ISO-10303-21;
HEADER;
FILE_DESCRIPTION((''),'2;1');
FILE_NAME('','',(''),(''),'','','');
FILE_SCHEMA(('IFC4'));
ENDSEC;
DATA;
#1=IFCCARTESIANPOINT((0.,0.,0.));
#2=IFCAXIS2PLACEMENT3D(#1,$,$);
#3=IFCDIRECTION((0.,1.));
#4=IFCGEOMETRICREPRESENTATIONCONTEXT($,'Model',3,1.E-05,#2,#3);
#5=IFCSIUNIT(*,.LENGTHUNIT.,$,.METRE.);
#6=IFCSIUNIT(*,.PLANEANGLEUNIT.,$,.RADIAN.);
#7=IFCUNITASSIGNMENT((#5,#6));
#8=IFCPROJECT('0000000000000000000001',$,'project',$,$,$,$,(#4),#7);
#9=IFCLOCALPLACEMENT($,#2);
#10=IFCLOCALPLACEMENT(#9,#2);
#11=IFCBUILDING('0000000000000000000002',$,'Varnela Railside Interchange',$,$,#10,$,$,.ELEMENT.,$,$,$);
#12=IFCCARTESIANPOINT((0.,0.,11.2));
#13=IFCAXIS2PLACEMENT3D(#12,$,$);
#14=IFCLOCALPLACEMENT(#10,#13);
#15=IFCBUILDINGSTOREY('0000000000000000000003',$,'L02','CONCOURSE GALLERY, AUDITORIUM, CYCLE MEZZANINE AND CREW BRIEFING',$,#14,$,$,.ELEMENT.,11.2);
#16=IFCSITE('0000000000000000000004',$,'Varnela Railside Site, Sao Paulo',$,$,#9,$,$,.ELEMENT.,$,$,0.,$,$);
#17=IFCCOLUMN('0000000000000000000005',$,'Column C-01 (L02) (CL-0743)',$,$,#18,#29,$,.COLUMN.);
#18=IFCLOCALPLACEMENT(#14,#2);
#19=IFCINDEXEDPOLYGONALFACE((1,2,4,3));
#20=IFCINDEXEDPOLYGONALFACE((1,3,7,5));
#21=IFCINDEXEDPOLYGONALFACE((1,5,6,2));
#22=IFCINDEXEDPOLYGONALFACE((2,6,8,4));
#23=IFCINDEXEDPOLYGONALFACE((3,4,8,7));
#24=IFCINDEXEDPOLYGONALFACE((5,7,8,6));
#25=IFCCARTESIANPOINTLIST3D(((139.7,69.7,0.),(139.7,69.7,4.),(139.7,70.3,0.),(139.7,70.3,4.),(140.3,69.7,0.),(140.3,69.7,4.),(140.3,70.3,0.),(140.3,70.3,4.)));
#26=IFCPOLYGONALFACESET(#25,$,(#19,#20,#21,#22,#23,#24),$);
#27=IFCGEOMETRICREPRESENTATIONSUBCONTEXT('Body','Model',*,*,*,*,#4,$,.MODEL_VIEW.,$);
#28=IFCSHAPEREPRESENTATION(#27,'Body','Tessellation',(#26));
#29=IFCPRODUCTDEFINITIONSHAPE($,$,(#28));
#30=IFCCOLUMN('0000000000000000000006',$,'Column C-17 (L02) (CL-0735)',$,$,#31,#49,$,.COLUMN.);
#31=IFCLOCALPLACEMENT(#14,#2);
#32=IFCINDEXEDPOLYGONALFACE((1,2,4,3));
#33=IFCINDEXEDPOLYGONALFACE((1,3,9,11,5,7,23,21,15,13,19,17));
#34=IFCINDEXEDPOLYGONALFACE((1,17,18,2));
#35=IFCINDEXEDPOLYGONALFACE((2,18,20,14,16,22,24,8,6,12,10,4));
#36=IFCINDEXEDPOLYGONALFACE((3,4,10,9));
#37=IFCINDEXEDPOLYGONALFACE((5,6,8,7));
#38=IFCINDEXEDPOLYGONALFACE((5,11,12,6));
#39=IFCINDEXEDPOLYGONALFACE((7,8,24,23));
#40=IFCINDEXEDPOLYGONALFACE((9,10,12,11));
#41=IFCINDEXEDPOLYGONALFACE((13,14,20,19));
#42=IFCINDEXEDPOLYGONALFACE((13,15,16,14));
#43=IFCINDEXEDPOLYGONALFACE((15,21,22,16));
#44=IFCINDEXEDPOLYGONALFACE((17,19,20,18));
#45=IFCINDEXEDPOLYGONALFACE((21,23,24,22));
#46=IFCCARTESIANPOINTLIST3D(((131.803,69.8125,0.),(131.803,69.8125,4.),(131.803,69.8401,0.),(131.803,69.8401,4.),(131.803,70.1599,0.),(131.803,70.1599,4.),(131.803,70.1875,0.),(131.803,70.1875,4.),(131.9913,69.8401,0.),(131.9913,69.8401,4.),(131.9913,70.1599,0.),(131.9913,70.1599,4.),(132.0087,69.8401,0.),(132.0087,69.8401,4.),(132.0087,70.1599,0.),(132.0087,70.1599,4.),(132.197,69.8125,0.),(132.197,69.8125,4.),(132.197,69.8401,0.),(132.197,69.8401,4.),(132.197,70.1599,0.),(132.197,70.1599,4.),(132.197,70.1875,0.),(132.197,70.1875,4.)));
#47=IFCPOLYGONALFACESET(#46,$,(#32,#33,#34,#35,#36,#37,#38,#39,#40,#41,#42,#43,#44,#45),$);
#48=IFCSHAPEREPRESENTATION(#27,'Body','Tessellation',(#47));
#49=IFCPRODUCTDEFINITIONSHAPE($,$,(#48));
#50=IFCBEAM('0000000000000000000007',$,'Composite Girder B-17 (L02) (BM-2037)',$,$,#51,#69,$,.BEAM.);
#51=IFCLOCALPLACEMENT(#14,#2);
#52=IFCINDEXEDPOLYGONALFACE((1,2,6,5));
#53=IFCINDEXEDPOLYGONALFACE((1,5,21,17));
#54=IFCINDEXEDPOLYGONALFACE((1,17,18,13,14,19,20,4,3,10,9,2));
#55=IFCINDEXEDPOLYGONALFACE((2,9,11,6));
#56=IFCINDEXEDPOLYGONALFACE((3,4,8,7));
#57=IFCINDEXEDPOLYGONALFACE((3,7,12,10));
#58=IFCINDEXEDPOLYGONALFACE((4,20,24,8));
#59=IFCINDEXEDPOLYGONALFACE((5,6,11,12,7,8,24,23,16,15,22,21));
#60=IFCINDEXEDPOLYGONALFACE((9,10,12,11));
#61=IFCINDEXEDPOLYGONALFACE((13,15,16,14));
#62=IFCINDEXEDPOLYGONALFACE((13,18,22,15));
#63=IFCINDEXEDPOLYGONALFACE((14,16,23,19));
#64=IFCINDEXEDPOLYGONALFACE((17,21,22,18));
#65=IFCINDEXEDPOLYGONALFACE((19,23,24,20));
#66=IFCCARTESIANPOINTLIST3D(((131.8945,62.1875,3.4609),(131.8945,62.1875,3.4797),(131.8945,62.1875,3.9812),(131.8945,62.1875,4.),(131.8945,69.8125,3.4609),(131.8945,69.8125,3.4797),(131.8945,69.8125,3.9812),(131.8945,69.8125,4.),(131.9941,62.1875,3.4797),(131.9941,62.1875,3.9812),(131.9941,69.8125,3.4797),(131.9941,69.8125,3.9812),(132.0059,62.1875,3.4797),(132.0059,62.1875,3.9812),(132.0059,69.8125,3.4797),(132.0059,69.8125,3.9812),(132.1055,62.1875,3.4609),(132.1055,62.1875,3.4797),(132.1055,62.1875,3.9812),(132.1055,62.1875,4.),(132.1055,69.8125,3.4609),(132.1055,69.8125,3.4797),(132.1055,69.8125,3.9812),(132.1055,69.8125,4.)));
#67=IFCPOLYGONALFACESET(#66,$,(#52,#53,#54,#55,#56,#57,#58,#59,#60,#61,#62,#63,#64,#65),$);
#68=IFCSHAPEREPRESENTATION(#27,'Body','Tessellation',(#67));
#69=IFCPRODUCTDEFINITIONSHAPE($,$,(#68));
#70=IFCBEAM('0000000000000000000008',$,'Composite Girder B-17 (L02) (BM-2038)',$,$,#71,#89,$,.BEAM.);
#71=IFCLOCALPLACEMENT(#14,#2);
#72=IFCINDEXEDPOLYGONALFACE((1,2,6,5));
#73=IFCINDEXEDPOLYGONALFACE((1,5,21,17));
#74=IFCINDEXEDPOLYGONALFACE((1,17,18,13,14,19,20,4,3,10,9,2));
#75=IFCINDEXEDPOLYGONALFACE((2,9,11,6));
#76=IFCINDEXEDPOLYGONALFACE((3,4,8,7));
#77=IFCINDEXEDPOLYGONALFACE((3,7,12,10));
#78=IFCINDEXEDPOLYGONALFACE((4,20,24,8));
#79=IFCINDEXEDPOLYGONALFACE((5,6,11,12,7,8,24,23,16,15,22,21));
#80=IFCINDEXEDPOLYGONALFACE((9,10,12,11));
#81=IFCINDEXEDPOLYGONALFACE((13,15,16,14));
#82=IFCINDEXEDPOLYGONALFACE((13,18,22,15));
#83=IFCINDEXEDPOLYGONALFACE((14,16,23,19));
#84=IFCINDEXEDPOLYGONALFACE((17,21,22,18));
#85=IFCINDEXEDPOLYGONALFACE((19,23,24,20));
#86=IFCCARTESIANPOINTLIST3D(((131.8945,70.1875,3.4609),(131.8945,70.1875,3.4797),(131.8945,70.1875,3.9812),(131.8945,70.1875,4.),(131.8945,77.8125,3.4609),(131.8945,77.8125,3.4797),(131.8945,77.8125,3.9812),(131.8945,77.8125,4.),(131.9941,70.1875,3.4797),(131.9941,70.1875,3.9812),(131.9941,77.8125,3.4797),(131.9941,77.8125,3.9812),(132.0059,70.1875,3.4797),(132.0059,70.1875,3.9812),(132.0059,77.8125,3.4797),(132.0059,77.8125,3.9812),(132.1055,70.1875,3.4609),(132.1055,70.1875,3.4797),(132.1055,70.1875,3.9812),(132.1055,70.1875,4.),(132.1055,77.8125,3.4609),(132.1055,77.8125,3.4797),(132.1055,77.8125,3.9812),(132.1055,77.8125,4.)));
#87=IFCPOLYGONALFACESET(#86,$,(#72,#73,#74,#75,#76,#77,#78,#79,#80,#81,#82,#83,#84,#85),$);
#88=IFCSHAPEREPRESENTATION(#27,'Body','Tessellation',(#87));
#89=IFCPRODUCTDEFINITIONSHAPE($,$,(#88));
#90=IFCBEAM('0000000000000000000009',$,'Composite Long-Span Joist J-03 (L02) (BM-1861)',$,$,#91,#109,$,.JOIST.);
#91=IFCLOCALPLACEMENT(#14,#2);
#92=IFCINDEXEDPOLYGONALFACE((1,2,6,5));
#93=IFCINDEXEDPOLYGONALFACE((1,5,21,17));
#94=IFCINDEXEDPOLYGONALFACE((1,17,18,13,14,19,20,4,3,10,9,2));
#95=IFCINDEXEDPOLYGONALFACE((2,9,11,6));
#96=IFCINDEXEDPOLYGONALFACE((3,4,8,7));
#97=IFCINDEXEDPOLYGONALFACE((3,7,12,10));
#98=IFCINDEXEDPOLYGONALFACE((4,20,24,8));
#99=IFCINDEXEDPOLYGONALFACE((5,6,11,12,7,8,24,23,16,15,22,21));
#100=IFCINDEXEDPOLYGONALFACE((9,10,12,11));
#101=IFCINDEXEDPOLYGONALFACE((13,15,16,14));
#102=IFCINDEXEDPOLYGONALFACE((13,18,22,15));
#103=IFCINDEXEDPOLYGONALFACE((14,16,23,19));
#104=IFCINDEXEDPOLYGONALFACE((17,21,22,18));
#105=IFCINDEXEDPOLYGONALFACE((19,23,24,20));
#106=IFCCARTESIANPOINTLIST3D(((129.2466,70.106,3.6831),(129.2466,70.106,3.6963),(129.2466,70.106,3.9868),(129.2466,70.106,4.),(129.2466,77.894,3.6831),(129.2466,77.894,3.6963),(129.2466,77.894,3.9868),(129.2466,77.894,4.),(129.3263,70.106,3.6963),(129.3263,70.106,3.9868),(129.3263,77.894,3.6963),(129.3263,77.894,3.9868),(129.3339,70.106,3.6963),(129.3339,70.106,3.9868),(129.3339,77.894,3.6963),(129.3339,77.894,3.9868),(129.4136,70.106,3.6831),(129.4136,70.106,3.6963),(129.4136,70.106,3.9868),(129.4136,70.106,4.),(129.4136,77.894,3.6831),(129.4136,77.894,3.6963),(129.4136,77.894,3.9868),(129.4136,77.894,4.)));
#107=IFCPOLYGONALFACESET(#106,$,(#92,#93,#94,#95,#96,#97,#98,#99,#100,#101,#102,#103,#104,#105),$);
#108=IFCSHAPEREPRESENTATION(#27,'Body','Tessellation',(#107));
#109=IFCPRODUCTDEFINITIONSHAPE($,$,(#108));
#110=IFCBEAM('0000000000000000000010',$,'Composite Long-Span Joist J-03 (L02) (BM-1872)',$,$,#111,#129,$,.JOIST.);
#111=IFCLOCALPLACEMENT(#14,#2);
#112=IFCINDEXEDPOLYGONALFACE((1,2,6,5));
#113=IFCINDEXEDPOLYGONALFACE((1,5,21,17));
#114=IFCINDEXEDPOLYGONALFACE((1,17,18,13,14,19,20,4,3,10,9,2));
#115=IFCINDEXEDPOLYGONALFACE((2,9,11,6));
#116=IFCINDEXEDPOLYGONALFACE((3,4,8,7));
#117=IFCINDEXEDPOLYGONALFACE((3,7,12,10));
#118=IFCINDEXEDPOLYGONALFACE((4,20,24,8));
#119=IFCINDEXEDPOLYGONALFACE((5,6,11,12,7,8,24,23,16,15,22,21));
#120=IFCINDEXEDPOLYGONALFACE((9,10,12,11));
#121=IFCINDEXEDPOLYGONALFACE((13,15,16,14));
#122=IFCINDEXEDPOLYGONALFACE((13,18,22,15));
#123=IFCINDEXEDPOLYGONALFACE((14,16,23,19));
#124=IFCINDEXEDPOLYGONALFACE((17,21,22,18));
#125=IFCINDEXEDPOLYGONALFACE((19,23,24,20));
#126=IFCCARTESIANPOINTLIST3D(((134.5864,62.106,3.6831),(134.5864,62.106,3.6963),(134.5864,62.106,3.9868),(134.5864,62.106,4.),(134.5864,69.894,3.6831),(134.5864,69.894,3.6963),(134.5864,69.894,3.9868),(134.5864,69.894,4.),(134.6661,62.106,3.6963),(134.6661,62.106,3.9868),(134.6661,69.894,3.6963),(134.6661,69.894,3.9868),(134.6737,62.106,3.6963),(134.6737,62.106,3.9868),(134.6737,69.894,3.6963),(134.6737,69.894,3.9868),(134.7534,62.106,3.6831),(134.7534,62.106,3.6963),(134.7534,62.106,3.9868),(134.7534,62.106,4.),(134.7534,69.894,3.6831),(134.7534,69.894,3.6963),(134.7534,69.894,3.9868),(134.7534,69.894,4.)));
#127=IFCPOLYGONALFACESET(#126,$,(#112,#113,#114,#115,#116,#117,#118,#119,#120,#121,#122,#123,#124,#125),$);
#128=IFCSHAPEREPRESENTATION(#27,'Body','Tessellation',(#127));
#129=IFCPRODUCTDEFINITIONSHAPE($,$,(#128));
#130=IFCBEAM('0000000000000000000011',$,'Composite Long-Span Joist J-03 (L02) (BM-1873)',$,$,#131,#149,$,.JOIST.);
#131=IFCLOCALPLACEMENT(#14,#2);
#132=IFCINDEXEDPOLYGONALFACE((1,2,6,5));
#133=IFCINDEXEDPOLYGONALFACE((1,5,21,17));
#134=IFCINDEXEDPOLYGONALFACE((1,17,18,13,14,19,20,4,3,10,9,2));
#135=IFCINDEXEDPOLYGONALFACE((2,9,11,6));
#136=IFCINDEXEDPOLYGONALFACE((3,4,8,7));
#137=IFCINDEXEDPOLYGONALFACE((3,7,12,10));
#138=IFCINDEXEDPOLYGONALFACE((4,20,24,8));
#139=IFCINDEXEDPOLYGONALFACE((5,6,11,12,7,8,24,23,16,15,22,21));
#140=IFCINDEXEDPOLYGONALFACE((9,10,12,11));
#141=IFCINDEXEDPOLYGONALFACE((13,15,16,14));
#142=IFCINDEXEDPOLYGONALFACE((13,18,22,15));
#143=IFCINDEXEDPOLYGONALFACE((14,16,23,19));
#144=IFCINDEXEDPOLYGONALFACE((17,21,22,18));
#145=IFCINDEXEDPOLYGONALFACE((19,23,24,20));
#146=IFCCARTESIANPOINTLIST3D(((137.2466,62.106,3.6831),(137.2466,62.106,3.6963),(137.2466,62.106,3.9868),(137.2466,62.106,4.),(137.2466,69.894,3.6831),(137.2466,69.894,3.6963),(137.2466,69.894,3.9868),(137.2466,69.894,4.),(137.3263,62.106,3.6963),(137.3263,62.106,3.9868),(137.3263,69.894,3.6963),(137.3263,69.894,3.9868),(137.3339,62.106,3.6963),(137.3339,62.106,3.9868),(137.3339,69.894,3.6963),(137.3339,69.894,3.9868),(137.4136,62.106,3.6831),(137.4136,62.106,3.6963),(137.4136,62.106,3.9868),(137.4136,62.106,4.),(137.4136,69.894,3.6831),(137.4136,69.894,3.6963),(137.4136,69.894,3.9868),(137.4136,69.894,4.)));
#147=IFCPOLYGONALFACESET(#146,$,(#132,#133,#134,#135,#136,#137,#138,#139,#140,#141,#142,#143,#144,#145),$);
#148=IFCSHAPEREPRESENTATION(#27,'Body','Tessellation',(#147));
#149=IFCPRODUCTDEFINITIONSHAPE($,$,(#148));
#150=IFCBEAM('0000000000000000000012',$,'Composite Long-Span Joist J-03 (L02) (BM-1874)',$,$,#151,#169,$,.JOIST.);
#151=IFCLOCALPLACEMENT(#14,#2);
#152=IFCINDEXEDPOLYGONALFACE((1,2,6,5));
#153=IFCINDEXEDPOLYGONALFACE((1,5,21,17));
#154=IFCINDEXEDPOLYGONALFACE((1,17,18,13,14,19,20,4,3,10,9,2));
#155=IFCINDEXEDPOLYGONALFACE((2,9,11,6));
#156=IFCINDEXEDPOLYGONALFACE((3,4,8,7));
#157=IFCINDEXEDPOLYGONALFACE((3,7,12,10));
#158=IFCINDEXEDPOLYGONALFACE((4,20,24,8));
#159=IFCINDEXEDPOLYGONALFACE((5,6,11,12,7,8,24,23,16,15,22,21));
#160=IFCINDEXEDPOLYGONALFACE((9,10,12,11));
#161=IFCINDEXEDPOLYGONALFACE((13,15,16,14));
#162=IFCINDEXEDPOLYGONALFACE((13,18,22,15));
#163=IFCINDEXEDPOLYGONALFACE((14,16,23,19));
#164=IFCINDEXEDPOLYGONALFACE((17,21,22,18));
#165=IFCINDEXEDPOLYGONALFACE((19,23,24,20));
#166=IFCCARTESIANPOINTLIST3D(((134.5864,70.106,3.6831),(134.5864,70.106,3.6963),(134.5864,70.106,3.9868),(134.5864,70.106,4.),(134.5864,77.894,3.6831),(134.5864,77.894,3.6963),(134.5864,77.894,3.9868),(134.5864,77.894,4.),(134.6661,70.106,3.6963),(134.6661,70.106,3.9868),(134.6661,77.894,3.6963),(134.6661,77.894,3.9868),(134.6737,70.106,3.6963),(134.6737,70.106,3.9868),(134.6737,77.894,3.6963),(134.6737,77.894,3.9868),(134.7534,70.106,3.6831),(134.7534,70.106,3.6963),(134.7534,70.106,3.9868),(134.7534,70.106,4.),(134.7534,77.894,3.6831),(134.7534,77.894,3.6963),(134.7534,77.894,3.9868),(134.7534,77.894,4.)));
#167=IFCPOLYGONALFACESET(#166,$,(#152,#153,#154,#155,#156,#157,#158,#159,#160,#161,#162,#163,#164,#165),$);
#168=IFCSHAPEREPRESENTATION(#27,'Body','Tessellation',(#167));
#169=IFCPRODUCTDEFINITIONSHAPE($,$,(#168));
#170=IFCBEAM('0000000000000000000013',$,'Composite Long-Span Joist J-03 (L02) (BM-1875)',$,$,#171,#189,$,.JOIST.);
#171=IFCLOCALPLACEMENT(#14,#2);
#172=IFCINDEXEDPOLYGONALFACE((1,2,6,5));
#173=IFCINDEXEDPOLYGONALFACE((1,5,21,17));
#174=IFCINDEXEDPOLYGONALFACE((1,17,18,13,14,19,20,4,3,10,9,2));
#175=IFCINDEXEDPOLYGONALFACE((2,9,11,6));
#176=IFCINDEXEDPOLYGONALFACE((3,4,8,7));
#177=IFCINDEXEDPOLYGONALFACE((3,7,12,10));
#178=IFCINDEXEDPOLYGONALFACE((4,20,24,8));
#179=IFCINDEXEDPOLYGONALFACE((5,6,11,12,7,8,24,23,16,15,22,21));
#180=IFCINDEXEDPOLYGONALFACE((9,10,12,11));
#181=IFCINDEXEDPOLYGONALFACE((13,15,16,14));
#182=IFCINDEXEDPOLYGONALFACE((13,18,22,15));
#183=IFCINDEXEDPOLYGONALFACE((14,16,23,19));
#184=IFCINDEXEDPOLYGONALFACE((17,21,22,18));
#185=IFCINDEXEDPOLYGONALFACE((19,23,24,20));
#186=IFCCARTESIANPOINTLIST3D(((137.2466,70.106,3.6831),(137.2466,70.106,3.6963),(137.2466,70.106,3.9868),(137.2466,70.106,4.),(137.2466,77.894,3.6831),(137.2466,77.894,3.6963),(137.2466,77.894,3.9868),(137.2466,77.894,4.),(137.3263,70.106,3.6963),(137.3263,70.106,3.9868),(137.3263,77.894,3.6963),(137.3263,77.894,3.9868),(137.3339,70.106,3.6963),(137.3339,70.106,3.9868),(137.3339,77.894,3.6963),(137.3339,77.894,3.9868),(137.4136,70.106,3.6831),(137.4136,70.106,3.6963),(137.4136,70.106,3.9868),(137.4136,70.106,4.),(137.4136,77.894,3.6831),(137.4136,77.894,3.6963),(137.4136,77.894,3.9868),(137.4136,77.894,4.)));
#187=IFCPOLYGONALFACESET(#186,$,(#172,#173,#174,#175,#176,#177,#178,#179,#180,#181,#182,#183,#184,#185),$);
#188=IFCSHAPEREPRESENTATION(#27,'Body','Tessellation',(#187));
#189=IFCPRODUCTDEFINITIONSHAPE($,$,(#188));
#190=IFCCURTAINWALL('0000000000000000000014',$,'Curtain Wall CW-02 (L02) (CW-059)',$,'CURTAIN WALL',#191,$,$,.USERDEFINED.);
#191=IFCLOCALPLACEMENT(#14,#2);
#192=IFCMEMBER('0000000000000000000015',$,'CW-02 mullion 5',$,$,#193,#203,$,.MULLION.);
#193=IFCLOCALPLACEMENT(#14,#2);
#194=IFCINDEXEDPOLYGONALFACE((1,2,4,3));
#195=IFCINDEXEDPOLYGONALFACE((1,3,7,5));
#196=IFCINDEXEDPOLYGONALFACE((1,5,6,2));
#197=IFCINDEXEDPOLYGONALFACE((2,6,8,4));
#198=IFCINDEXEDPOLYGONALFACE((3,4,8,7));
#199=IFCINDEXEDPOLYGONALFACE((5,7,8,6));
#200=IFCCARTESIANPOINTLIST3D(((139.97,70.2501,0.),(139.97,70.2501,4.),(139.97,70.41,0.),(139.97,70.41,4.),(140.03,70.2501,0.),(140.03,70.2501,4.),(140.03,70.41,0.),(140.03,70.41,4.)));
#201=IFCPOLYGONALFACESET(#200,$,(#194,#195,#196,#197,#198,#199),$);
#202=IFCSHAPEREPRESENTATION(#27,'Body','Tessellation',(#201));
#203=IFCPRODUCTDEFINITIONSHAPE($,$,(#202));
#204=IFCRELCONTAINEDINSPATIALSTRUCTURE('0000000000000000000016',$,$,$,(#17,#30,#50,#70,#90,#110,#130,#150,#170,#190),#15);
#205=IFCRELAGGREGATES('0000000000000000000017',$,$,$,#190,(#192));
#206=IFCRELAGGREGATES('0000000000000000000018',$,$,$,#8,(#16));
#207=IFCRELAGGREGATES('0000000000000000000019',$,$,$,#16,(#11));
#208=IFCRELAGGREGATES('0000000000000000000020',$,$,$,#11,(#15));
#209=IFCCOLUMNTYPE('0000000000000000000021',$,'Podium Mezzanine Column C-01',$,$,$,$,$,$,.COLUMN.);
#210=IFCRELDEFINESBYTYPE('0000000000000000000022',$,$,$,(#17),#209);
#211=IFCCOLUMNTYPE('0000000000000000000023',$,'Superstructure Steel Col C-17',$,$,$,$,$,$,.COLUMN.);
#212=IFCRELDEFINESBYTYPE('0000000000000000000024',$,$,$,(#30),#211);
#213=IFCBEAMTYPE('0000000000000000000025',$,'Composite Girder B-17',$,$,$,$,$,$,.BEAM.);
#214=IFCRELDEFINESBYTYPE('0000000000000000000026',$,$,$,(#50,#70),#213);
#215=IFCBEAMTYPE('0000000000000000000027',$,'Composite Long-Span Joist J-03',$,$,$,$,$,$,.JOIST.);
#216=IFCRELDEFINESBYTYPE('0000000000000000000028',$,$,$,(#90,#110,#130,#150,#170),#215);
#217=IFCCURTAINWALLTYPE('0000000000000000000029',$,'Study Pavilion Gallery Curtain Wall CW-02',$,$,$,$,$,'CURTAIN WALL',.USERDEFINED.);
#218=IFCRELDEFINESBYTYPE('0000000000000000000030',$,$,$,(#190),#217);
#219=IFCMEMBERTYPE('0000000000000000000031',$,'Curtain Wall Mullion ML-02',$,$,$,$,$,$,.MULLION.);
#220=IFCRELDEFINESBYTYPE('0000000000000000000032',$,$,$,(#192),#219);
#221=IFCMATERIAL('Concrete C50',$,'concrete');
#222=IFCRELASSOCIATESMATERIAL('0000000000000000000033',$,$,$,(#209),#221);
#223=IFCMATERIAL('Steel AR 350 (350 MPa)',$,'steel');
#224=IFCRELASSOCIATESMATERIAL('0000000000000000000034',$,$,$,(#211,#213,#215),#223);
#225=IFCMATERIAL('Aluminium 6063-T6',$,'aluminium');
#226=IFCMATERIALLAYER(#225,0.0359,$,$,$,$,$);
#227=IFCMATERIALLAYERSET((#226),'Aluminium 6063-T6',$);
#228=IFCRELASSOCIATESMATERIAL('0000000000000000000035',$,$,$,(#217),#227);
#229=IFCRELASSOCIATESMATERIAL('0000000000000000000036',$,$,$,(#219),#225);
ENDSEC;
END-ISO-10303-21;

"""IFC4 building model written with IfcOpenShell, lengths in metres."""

from ifc_helpers import new_model, si_unit, direction, frame, origin, origin_2d, place, context, subcontext, project, spatial, rectangle, i_section, extrude, material, layer, layer_set, material_profile, profile_set, type_object, element, aggregate, save


model = new_model("IFC4")

# Units and contexts
model_context = context("Model", 3, precision=1e-05, world=origin(), true_north=direction((0.0, 1.0)))
body_context = subcontext(model_context, "Body", "Model", "MODEL_VIEW")
ifc_project = project(units=[si_unit("LENGTHUNIT", "METRE"), si_unit("PLANEANGLEUNIT", "RADIAN")], contexts=[model_context])

# Site, building, storey
site_placement = place(None, origin())
site = spatial("IfcSite", under=ifc_project, at=site_placement, Name="Varnela Railside Site, Sao Paulo", CompositionType="ELEMENT", RefElevation=0.0)
building_placement = place(site_placement, origin())
building = spatial("IfcBuilding", under=site, at=building_placement, Name="Varnela Railside Interchange", CompositionType="ELEMENT")
storey_placement = place(building_placement, frame((0.0, 0.0, 11.2)))
storey = spatial("IfcBuildingStorey", under=building, at=storey_placement, Name="L02", Description="CONCOURSE GALLERY, AUDITORIUM, CYCLE MEZZANINE AND CREW BRIEFING", CompositionType="ELEMENT", Elevation=11.2)

# Columns
ifc_material_1 = material(Name="Concrete C50", Category="concrete")
ifc_material_profile_1 = material_profile(ifc_material_1, rectangle(XDim=0.6001, YDim=0.6001, at=origin_2d()), Name="RC 600x600")
ifc_profile_set_1 = profile_set([ifc_material_profile_1], Name="Concrete C50")
column_type_1 = type_object("IfcColumnType", Name="Podium Mezzanine Column C-01", PredefinedType="COLUMN", material=ifc_profile_set_1)
column_1_placement = place(storey_placement, frame((140.0, 70.0, 0.0), z_axis=(0.0, 0.0, 1.0), x_axis=(1.0, 0.0, 0.0)))
element("IfcColumn", 1, at=column_1_placement, inside=storey, type_object=column_type_1, Name="Column C-01 (L02) (CL-0743)", PredefinedType="COLUMN", context=body_context, shape_type="SweptSolid", body=[
    extrude(rectangle(XDim=0.6001, YDim=0.6001, at=origin_2d()), origin(), (0.0, 0.0, 1.0), 4.0),
])
ifc_material_2 = material(Name="Steel AR 350 (350 MPa)", Category="steel")
ifc_material_profile_2 = material_profile(ifc_material_2, i_section(OverallWidth=0.394, OverallDepth=0.375, WebThickness=0.0173, FlangeThickness=0.0276, at=origin_2d()), Name="W360x216")
ifc_profile_set_2 = profile_set([ifc_material_profile_2], Name="Steel AR 350 (350 MPa)")
column_type_2 = type_object("IfcColumnType", Name="Superstructure Steel Col C-17", PredefinedType="COLUMN", material=ifc_profile_set_2)
column_2_placement = place(storey_placement, frame((132.0, 70.0, 0.0), z_axis=(0.0, 0.0, 1.0), x_axis=(1.0, 0.0, 0.0)))
element("IfcColumn", 2, at=column_2_placement, inside=storey, type_object=column_type_2, Name="Column C-17 (L02) (CL-0735)", PredefinedType="COLUMN", context=body_context, shape_type="SweptSolid", body=[
    extrude(i_section(OverallWidth=0.394, OverallDepth=0.375, WebThickness=0.0173, FlangeThickness=0.0276, at=origin_2d()), origin(), (0.0, 0.0, 1.0), 4.0),
])

# Beams
ifc_material_profile_3 = material_profile(ifc_material_2, i_section(OverallWidth=0.2109, OverallDepth=0.5391, WebThickness=0.0117, FlangeThickness=0.0188, at=origin_2d()), Name="W530x109")
ifc_profile_set_3 = profile_set([ifc_material_profile_3], Name="Steel AR 350 (350 MPa)")
beam_type_1 = type_object("IfcBeamType", Name="Composite Girder B-17", PredefinedType="BEAM", material=ifc_profile_set_3)
for number, where, z_axis, x_axis, name in (
    (3, (132.0, 62.1875, 3.7305), (0.0, 1.0, 0.0), (-1.0, 0.0, 0.0), "Composite Girder B-17 (L02) (BM-2037)"),
    (4, (132.0, 70.1875, 3.7305), (0.0, 1.0, 0.0), (-1.0, 0.0, 0.0), "Composite Girder B-17 (L02) (BM-2038)"),
):
    element("IfcBeam", number, at=place(storey_placement, frame(where, z_axis=z_axis, x_axis=x_axis)), inside=storey, type_object=beam_type_1, Name=name, PredefinedType="BEAM", context=body_context, shape_type="SweptSolid", body=[
        extrude(i_section(OverallWidth=0.2109, OverallDepth=0.5391, WebThickness=0.0117, FlangeThickness=0.0188, at=origin_2d()), origin(), (0.0, 0.0, 1.0), 7.625),
    ])
ifc_material_profile_4 = material_profile(ifc_material_2, i_section(OverallWidth=0.167, OverallDepth=0.3169, WebThickness=0.0076, FlangeThickness=0.0132, at=origin_2d()), Name="W310x52")
ifc_profile_set_4 = profile_set([ifc_material_profile_4], Name="Steel AR 350 (350 MPa)")
beam_type_2 = type_object("IfcBeamType", Name="Composite Long-Span Joist J-03", PredefinedType="JOIST", material=ifc_profile_set_4)
for number, where, z_axis, x_axis, name in (
    (5, (129.3301, 70.106, 3.8416), (0.0, 1.0, 0.0), (-1.0, 0.0, 0.0), "Composite Long-Span Joist J-03 (L02) (BM-1861)"),
    (6, (134.6699, 62.106, 3.8416), (0.0, 1.0, 0.0), (-1.0, 0.0, 0.0), "Composite Long-Span Joist J-03 (L02) (BM-1872)"),
    (7, (137.3301, 62.106, 3.8416), (0.0, 1.0, 0.0), (-1.0, 0.0, 0.0), "Composite Long-Span Joist J-03 (L02) (BM-1873)"),
    (8, (134.6699, 70.106, 3.8416), (0.0, 1.0, 0.0), (-1.0, 0.0, 0.0), "Composite Long-Span Joist J-03 (L02) (BM-1874)"),
    (9, (137.3301, 70.106, 3.8416), (0.0, 1.0, 0.0), (-1.0, 0.0, 0.0), "Composite Long-Span Joist J-03 (L02) (BM-1875)"),
):
    element("IfcBeam", number, at=place(storey_placement, frame(where, z_axis=z_axis, x_axis=x_axis)), inside=storey, type_object=beam_type_2, Name=name, PredefinedType="JOIST", context=body_context, shape_type="SweptSolid", body=[
        extrude(i_section(OverallWidth=0.167, OverallDepth=0.3169, WebThickness=0.0076, FlangeThickness=0.0132, at=origin_2d()), origin(), (0.0, 0.0, 1.0), 7.7881),
    ])

# Curtain wall, member
ifc_material_3 = material(Name="Aluminium 6063-T6", Category="aluminium")
ifc_layer_1 = layer(ifc_material_3, 0.0359)
ifc_layer_set_1 = layer_set([ifc_layer_1], Name="Aluminium 6063-T6")
curtain_wall_type = type_object("IfcCurtainWallType", Name="Study Pavilion Gallery Curtain Wall CW-02", ElementType="CURTAIN WALL", PredefinedType="USERDEFINED", material=ifc_layer_set_1)
curtain_wall_placement = place(storey_placement, origin())
curtain_wall = element("IfcCurtainWall", 10, at=curtain_wall_placement, inside=storey, type_object=curtain_wall_type, Name="Curtain Wall CW-02 (L02) (CW-059)", ObjectType="CURTAIN WALL", PredefinedType="USERDEFINED")
ifc_material_profile_5 = material_profile(ifc_material_3, rectangle(XDim=0.0601, YDim=0.1599, at=origin_2d()), Name="ALU 60x160")
ifc_profile_set_5 = profile_set([ifc_material_profile_5], Name="Aluminium 6063-T6")
member_type_1 = type_object("IfcMemberType", Name="Curtain Wall Mullion ML-02", PredefinedType="MULLION", material=ifc_profile_set_5)
member_1_placement = place(storey_placement, frame((140.0, 70.3301, 0.0), z_axis=(0.0, 0.0, 1.0), x_axis=(1.0, 0.0, 0.0)))
member_1 = element("IfcMember", 11, at=member_1_placement, type_object=member_type_1, Name="CW-02 mullion 5", PredefinedType="MULLION", context=body_context, shape_type="SweptSolid", body=[
    extrude(rectangle(XDim=0.0601, YDim=0.1599, at=origin_2d()), origin(), (0.0, 0.0, 1.0), 4.0),
])

aggregate(curtain_wall, [member_1])

save(model, "model.ifc")
